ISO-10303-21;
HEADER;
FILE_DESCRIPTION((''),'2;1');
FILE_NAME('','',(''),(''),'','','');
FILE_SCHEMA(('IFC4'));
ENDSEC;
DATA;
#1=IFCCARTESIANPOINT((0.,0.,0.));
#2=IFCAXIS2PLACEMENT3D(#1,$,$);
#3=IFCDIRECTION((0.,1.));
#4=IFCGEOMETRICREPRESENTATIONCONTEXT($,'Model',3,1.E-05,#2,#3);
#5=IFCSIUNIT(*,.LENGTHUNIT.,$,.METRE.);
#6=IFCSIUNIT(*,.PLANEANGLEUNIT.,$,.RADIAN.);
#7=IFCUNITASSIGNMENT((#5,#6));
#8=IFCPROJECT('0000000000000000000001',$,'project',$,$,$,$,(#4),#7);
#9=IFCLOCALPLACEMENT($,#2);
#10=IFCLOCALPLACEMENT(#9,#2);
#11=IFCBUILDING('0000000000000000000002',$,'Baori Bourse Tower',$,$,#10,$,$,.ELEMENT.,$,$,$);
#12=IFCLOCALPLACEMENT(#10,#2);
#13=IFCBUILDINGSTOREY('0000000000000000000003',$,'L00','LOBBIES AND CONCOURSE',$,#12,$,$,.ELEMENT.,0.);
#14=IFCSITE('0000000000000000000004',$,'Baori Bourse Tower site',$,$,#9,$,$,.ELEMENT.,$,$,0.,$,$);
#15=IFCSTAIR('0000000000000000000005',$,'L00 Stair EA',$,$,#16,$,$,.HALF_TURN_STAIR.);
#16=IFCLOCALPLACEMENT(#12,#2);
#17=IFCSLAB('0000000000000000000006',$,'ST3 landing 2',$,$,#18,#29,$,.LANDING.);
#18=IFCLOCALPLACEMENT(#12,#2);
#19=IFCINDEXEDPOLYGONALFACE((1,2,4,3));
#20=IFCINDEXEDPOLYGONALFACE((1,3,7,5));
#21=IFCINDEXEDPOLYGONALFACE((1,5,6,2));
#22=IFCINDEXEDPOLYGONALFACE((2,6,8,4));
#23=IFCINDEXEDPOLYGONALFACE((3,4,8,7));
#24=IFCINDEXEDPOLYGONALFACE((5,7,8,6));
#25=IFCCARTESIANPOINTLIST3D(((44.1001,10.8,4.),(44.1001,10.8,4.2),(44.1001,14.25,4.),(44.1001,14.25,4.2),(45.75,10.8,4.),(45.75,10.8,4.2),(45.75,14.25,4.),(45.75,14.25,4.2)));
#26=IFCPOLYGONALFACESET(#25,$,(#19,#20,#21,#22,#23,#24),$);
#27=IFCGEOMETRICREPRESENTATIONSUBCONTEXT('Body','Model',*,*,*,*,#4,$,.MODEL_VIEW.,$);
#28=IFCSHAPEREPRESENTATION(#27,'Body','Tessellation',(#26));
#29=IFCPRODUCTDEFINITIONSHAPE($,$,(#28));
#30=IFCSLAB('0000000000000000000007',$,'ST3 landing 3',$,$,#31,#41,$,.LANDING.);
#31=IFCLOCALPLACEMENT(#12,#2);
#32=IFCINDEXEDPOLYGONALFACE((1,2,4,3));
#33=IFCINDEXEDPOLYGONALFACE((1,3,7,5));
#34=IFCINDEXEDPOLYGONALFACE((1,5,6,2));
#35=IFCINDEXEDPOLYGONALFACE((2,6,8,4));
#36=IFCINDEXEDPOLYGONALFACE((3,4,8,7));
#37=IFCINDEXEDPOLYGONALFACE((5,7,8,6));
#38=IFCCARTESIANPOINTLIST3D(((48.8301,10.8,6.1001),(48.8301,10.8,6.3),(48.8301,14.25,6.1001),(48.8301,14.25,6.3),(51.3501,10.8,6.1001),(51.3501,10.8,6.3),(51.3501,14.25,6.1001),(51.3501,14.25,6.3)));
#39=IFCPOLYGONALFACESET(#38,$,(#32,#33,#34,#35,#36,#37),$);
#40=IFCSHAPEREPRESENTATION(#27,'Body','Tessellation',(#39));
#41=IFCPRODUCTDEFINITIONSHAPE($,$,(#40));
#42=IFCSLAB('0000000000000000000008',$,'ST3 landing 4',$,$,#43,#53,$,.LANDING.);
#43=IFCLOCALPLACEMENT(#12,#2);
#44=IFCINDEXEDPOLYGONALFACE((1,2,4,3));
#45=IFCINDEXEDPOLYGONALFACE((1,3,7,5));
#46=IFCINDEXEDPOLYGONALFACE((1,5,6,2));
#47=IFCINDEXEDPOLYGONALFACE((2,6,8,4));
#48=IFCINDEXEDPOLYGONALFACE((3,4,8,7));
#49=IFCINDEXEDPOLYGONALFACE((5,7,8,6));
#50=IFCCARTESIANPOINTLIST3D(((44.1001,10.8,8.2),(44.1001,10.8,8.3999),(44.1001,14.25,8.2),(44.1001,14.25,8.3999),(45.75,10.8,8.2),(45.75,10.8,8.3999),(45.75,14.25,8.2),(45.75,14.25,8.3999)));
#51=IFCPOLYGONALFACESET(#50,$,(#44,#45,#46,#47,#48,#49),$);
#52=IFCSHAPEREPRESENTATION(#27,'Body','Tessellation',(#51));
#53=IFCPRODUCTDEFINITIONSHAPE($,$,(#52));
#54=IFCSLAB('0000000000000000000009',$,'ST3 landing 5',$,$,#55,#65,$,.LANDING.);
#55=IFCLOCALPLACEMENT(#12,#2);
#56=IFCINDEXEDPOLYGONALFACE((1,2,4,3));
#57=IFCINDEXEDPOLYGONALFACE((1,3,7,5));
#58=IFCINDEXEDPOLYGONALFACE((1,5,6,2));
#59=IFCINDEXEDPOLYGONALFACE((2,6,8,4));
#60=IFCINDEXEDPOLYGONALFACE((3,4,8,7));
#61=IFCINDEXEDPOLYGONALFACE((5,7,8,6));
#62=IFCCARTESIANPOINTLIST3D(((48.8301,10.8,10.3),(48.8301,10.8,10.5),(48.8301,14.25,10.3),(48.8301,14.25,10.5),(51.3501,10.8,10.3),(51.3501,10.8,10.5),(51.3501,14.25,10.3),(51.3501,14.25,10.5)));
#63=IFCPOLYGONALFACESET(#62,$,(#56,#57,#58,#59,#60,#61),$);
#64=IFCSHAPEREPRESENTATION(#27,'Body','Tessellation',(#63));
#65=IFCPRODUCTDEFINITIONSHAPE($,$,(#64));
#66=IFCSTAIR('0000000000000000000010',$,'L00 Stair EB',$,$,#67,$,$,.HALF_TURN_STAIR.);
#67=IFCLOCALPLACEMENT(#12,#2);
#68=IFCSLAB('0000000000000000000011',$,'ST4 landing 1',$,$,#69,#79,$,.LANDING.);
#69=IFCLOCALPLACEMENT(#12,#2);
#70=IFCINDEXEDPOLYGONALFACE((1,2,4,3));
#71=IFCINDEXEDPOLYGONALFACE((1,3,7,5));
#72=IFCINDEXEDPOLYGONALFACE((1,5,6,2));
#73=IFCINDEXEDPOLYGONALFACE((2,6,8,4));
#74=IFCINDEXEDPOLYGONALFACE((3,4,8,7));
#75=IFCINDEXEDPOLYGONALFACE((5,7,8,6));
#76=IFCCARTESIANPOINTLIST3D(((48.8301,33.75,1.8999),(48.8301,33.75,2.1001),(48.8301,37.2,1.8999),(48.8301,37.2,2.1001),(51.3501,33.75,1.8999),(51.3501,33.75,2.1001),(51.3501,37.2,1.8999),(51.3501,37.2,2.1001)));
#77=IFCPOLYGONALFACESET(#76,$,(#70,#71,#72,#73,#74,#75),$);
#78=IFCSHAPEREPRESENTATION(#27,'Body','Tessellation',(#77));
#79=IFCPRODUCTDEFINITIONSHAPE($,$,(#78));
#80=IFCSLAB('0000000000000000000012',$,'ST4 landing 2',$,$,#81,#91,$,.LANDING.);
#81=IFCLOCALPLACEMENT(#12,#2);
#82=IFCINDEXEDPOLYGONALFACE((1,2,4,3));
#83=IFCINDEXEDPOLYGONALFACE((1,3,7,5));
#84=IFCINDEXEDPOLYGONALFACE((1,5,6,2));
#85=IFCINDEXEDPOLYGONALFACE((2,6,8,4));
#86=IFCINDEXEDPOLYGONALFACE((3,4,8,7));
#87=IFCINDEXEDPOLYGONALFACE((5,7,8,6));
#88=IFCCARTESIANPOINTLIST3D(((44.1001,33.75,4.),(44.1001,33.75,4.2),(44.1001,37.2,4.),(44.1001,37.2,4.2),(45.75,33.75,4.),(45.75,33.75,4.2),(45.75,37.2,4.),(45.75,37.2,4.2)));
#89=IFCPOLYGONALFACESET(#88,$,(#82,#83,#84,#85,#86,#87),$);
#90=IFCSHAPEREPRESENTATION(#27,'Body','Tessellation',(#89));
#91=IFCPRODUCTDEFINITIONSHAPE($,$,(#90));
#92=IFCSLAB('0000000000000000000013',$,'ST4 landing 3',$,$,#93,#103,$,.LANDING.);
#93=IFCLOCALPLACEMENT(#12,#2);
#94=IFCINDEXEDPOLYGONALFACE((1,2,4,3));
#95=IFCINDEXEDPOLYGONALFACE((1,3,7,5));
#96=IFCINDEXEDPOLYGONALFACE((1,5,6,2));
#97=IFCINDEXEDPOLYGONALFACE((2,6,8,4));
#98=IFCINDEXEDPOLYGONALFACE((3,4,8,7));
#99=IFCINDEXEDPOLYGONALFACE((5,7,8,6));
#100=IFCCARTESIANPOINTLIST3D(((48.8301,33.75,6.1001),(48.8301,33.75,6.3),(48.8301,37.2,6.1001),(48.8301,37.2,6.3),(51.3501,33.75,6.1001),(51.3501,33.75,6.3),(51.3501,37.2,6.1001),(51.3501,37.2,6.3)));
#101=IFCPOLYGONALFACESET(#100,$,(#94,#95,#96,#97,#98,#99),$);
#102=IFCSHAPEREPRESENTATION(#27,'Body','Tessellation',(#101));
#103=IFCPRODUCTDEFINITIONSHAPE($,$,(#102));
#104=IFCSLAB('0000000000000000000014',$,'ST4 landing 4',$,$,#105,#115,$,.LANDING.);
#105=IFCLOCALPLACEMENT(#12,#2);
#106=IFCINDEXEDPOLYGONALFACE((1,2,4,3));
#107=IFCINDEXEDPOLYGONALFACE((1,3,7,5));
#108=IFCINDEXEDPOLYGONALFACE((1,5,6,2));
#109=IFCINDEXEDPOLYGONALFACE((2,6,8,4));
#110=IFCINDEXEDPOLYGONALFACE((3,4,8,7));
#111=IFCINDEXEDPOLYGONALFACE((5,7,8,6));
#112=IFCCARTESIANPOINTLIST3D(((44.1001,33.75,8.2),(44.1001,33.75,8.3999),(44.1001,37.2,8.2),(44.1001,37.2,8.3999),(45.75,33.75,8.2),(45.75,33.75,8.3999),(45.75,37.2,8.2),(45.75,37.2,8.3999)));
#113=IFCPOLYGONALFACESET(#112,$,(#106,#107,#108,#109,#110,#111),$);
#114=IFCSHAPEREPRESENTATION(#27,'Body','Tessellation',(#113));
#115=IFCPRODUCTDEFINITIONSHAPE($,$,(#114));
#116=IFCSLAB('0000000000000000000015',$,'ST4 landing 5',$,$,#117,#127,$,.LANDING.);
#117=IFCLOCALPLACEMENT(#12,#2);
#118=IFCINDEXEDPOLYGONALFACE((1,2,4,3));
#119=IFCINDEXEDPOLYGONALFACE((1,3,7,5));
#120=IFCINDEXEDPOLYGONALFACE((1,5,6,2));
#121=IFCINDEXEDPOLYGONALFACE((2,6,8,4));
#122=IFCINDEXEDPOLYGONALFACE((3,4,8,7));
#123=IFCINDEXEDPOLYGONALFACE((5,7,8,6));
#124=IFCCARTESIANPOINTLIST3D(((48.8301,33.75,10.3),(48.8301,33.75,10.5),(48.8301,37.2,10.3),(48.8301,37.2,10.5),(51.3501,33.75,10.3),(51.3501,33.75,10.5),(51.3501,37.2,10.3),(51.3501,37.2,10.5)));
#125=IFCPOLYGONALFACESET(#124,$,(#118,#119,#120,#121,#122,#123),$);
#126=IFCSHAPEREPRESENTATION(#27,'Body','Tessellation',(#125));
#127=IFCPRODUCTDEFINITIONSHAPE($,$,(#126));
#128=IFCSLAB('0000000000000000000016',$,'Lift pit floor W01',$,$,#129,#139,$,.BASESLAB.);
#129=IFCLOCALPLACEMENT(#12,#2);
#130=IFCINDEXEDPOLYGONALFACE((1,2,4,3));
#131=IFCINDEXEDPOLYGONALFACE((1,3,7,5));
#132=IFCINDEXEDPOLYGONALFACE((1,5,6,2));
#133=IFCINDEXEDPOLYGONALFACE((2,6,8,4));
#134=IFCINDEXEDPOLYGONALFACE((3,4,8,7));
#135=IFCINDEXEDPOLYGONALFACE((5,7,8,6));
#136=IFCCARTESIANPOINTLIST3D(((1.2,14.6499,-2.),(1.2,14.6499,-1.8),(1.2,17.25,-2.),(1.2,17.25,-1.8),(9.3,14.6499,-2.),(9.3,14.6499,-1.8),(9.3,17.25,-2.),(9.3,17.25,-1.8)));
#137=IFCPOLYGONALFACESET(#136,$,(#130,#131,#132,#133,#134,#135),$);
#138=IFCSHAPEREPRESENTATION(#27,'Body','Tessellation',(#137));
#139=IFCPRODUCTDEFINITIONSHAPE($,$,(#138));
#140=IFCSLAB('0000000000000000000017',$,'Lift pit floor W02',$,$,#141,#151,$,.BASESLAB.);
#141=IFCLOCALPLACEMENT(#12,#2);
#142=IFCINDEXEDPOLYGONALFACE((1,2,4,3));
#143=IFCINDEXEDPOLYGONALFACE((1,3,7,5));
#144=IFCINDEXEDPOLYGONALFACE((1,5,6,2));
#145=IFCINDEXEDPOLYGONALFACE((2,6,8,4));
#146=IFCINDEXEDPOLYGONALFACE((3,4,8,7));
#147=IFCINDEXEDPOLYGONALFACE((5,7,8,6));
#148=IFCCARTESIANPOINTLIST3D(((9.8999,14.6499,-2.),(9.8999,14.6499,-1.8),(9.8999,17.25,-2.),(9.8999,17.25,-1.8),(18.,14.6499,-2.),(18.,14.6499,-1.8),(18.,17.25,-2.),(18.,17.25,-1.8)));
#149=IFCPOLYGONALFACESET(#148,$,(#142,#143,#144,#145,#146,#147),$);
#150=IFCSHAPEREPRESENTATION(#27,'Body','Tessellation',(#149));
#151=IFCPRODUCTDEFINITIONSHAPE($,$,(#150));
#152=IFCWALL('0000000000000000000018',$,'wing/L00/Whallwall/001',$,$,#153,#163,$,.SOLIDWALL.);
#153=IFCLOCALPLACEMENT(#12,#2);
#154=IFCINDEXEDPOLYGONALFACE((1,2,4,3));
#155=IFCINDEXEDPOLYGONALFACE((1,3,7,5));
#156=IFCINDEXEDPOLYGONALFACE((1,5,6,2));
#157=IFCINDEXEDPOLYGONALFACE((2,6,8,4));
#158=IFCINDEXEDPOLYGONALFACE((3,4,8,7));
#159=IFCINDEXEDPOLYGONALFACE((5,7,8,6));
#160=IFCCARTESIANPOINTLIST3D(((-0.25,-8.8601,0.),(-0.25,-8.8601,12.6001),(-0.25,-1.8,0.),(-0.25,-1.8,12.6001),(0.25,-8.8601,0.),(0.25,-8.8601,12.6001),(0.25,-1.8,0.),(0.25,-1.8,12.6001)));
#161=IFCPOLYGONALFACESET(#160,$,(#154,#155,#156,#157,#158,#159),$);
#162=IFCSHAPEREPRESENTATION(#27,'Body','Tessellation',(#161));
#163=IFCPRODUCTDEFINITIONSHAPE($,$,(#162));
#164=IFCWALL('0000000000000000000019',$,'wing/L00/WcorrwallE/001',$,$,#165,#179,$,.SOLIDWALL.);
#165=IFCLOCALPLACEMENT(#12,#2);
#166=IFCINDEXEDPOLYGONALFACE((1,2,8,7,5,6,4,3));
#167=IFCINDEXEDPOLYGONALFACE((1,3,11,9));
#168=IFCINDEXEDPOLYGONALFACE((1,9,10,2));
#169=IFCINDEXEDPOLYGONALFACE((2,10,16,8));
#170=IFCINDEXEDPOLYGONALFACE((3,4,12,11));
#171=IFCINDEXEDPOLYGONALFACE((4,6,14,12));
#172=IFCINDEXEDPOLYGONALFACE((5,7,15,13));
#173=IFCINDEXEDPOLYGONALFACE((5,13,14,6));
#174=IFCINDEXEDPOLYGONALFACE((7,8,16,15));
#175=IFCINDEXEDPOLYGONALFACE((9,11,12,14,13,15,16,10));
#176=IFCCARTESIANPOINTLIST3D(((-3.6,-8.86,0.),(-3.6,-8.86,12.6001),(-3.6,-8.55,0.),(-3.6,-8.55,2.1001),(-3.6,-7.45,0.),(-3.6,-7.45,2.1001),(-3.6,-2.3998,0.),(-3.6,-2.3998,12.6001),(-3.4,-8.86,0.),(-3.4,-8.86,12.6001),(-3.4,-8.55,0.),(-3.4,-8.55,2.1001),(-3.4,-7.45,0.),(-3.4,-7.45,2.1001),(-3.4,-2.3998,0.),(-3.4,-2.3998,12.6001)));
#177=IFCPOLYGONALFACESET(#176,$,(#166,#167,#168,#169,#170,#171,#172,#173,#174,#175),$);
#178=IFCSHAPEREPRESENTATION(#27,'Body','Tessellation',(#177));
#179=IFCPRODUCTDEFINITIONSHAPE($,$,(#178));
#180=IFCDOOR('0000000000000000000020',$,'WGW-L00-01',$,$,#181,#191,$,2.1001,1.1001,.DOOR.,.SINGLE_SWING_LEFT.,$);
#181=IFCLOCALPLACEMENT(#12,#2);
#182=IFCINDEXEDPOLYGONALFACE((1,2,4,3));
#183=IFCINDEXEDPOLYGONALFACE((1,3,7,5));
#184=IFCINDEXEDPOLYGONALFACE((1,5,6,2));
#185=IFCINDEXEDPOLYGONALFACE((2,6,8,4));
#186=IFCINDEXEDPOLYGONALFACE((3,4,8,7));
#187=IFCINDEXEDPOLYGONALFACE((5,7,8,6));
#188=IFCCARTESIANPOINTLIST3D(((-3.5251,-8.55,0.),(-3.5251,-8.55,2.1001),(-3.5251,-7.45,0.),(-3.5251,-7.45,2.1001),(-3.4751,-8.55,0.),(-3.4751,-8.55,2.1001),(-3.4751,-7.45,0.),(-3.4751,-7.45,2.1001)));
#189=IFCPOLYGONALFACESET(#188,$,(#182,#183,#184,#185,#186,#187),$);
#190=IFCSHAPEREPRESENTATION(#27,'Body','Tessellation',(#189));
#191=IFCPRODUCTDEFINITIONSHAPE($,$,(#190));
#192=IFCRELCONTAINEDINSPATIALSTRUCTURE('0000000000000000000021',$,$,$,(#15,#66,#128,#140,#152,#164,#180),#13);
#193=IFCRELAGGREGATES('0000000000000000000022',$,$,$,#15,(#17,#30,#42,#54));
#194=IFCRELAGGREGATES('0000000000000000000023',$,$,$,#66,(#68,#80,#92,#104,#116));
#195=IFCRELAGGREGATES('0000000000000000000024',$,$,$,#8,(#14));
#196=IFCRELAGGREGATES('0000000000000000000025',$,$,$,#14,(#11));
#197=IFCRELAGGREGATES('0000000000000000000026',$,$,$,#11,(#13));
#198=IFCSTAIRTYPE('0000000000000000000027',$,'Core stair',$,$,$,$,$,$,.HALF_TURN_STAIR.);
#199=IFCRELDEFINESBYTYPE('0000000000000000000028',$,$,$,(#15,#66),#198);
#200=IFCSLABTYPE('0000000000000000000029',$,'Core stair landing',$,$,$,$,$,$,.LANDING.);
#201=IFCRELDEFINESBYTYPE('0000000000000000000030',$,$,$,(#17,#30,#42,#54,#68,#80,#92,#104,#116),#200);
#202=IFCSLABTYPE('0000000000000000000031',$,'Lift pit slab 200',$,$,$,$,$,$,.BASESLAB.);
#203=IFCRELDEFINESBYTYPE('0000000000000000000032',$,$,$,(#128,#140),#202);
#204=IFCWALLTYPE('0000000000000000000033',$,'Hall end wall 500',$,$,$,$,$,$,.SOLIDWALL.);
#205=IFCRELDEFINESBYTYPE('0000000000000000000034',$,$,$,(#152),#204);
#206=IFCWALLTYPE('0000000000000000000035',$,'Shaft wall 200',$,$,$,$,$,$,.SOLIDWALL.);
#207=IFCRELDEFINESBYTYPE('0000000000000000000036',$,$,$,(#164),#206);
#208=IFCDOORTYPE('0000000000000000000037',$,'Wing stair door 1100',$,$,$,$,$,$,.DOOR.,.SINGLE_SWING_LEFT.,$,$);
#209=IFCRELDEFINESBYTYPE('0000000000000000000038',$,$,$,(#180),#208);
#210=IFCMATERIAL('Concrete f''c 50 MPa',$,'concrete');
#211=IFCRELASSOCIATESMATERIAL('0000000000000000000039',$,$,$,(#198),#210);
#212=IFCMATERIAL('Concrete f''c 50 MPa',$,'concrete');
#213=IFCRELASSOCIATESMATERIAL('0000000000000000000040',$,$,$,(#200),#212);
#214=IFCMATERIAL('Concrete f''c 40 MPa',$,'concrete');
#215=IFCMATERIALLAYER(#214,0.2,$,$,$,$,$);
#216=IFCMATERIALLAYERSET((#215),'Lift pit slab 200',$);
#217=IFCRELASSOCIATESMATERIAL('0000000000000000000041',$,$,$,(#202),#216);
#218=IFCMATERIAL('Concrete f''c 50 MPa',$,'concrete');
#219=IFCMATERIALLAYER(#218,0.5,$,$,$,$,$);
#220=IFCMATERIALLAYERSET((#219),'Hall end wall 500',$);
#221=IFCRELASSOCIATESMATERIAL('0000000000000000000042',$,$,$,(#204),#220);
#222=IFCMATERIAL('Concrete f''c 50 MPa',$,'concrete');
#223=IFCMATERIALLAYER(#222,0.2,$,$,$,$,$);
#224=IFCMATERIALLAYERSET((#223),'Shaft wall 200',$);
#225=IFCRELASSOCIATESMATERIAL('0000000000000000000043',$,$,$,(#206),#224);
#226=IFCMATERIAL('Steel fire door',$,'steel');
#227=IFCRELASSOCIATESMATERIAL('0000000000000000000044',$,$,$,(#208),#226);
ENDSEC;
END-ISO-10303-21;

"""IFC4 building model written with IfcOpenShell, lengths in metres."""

from ifc_helpers import new_model, si_unit, direction, frame, frame_2d, origin, place, context, subcontext, project, spatial, polyline, rectangle, outline, extrude, material, layer, layer_set, type_object, element, fill, aggregate, save


model = new_model("IFC4")

# Units and contexts
model_context = context("Model", 3, precision=1e-05, world=origin(), true_north=direction((0.0, 1.0)))
body_context = subcontext(model_context, "Body", "Model", "MODEL_VIEW")
ifc_project = project(units=[si_unit("LENGTHUNIT", "METRE"), si_unit("PLANEANGLEUNIT", "RADIAN")], contexts=[model_context])

# Site, building, storey
site_placement = place(None, origin())
site = spatial("IfcSite", under=ifc_project, at=site_placement, Name="Baori Bourse Tower site", CompositionType="ELEMENT", RefElevation=0.0)
building_placement = place(site_placement, origin())
building = spatial("IfcBuilding", under=site, at=building_placement, Name="Baori Bourse Tower", CompositionType="ELEMENT")
storey_placement = place(building_placement, origin())
storey = spatial("IfcBuildingStorey", under=building, at=storey_placement, Name="L00", Description="LOBBIES AND CONCOURSE", CompositionType="ELEMENT", Elevation=0.0)

# Stairs, slabs
ifc_material_1 = material(Name="Concrete f'c 50 MPa", Category="concrete")
stair_type = type_object("IfcStairType", Name="Core stair", PredefinedType="HALF_TURN_STAIR", material=ifc_material_1)
ifc_material_2 = material(Name="Concrete f'c 50 MPa", Category="concrete")
slab_type_1 = type_object("IfcSlabType", Name="Core stair landing", PredefinedType="LANDING", material=ifc_material_2)
stair_1_placement = place(storey_placement, origin())
stair_1 = element("IfcStair", 1, at=stair_1_placement, inside=storey, type_object=stair_type, Name="L00 Stair EA", PredefinedType="HALF_TURN_STAIR")
slab_1_placement = place(storey_placement, frame((0.0, 0.0, 4.0)))
slab_1 = element("IfcSlab", 2, at=slab_1_placement, type_object=slab_type_1, Name="ST3 landing 2", PredefinedType="LANDING", context=body_context, shape_type="SweptSolid", body=[
    extrude(outline(polyline([(44.1001, 10.8), (45.75, 10.8), (45.75, 14.25), (44.1001, 14.25), (44.1001, 10.8)])), origin(), (0.0, 0.0, 1.0), 0.2),
])
slab_2_placement = place(storey_placement, frame((0.0, 0.0, 6.1001)))
slab_2 = element("IfcSlab", 3, at=slab_2_placement, type_object=slab_type_1, Name="ST3 landing 3", PredefinedType="LANDING", context=body_context, shape_type="SweptSolid", body=[
    extrude(outline(polyline([(48.8301, 10.8), (51.3501, 10.8), (51.3501, 14.25), (48.8301, 14.25), (48.8301, 10.8)])), origin(), (0.0, 0.0, 1.0), 0.2),
])
slab_3_placement = place(storey_placement, frame((0.0, 0.0, 8.2)))
slab_3 = element("IfcSlab", 4, at=slab_3_placement, type_object=slab_type_1, Name="ST3 landing 4", PredefinedType="LANDING", context=body_context, shape_type="SweptSolid", body=[
    extrude(outline(polyline([(44.1001, 10.8), (45.75, 10.8), (45.75, 14.25), (44.1001, 14.25), (44.1001, 10.8)])), origin(), (0.0, 0.0, 1.0), 0.2),
])
slab_4_placement = place(storey_placement, frame((0.0, 0.0, 10.3)))
slab_4 = element("IfcSlab", 5, at=slab_4_placement, type_object=slab_type_1, Name="ST3 landing 5", PredefinedType="LANDING", context=body_context, shape_type="SweptSolid", body=[
    extrude(outline(polyline([(48.8301, 10.8), (51.3501, 10.8), (51.3501, 14.25), (48.8301, 14.25), (48.8301, 10.8)])), origin(), (0.0, 0.0, 1.0), 0.2),
])
aggregate(stair_1, [slab_1, slab_2, slab_3, slab_4])
stair_2_placement = place(storey_placement, origin())
stair_2 = element("IfcStair", 6, at=stair_2_placement, inside=storey, type_object=stair_type, Name="L00 Stair EB", PredefinedType="HALF_TURN_STAIR")
slab_5_placement = place(storey_placement, frame((0.0, 0.0, 1.8999)))
slab_5 = element("IfcSlab", 7, at=slab_5_placement, type_object=slab_type_1, Name="ST4 landing 1", PredefinedType="LANDING", context=body_context, shape_type="SweptSolid", body=[
    extrude(outline(polyline([(48.8301, 33.75), (51.3501, 33.75), (51.3501, 37.2), (48.8301, 37.2), (48.8301, 33.75)])), origin(), (0.0, 0.0, 1.0), 0.2002),
])
slab_6_placement = place(storey_placement, frame((0.0, 0.0, 4.0)))
slab_6 = element("IfcSlab", 8, at=slab_6_placement, type_object=slab_type_1, Name="ST4 landing 2", PredefinedType="LANDING", context=body_context, shape_type="SweptSolid", body=[
    extrude(outline(polyline([(44.1001, 33.75), (45.75, 33.75), (45.75, 37.2), (44.1001, 37.2), (44.1001, 33.75)])), origin(), (0.0, 0.0, 1.0), 0.2),
])
slab_7_placement = place(storey_placement, frame((0.0, 0.0, 6.1001)))
slab_7 = element("IfcSlab", 9, at=slab_7_placement, type_object=slab_type_1, Name="ST4 landing 3", PredefinedType="LANDING", context=body_context, shape_type="SweptSolid", body=[
    extrude(outline(polyline([(48.8301, 33.75), (51.3501, 33.75), (51.3501, 37.2), (48.8301, 37.2), (48.8301, 33.75)])), origin(), (0.0, 0.0, 1.0), 0.2),
])
slab_8_placement = place(storey_placement, frame((0.0, 0.0, 8.2)))
slab_8 = element("IfcSlab", 10, at=slab_8_placement, type_object=slab_type_1, Name="ST4 landing 4", PredefinedType="LANDING", context=body_context, shape_type="SweptSolid", body=[
    extrude(outline(polyline([(44.1001, 33.75), (45.75, 33.75), (45.75, 37.2), (44.1001, 37.2), (44.1001, 33.75)])), origin(), (0.0, 0.0, 1.0), 0.2),
])
slab_9_placement = place(storey_placement, frame((0.0, 0.0, 10.3)))
slab_9 = element("IfcSlab", 11, at=slab_9_placement, type_object=slab_type_1, Name="ST4 landing 5", PredefinedType="LANDING", context=body_context, shape_type="SweptSolid", body=[
    extrude(outline(polyline([(48.8301, 33.75), (51.3501, 33.75), (51.3501, 37.2), (48.8301, 37.2), (48.8301, 33.75)])), origin(), (0.0, 0.0, 1.0), 0.2),
])
aggregate(stair_2, [slab_5, slab_6, slab_7, slab_8, slab_9])

# Slabs
ifc_material_3 = material(Name="Concrete f'c 40 MPa", Category="concrete")
ifc_layer_1 = layer(ifc_material_3, 0.2)
ifc_layer_set_1 = layer_set([ifc_layer_1], Name="Lift pit slab 200")
slab_type_2 = type_object("IfcSlabType", Name="Lift pit slab 200", PredefinedType="BASESLAB", material=ifc_layer_set_1)
slab_10_placement = place(storey_placement, frame((0.0, 0.0, -2.0)))
element("IfcSlab", 12, at=slab_10_placement, inside=storey, type_object=slab_type_2, Name="Lift pit floor W01", PredefinedType="BASESLAB", context=body_context, shape_type="SweptSolid", body=[
    extrude(outline(polyline([(9.3, 14.6499), (9.3, 17.25), (1.2, 17.25), (1.2, 14.6499), (9.3, 14.6499)])), origin(), (0.0, 0.0, 1.0), 0.2),
])
slab_11_placement = place(storey_placement, frame((0.0, 0.0, -2.0)))
element("IfcSlab", 13, at=slab_11_placement, inside=storey, type_object=slab_type_2, Name="Lift pit floor W02", PredefinedType="BASESLAB", context=body_context, shape_type="SweptSolid", body=[
    extrude(outline(polyline([(18.0, 14.6499), (18.0, 17.25), (9.8999, 17.25), (9.8999, 14.6499), (18.0, 14.6499)])), origin(), (0.0, 0.0, 1.0), 0.2),
])

# Wall
ifc_material_4 = material(Name="Concrete f'c 50 MPa", Category="concrete")
ifc_layer_2 = layer(ifc_material_4, 0.5)
ifc_layer_set_2 = layer_set([ifc_layer_2], Name="Hall end wall 500")
wall_type_1 = type_object("IfcWallType", Name="Hall end wall 500", PredefinedType="SOLIDWALL", material=ifc_layer_set_2)
wall_1_placement = place(storey_placement, frame((0.0, -1.8, 0.0), z_axis=(0.0, 0.0, 1.0), x_axis=(0.0, -1.0, 0.0)))
element("IfcWall", 14, at=wall_1_placement, inside=storey, type_object=wall_type_1, Name="wing/L00/Whallwall/001", PredefinedType="SOLIDWALL", context=body_context, shape_type="SweptSolid", body=[
    extrude(rectangle(XDim=7.0601, YDim=0.5, at=frame_2d((3.53, 0.0))), origin(), (0.0, 0.0, 1.0), 12.6001),
])

# Wall, opening, door
ifc_material_5 = material(Name="Concrete f'c 50 MPa", Category="concrete")
ifc_layer_3 = layer(ifc_material_5, 0.2)
ifc_layer_set_3 = layer_set([ifc_layer_3], Name="Shaft wall 200")
wall_type_2 = type_object("IfcWallType", Name="Shaft wall 200", PredefinedType="SOLIDWALL", material=ifc_layer_set_3)
wall_2_placement = place(storey_placement, frame((-3.5, -2.3999, 0.0), z_axis=(0.0, 0.0, 1.0), x_axis=(0.0, -1.0, 0.0)))
wall_2 = element("IfcWall", 15, at=wall_2_placement, inside=storey, type_object=wall_type_2, Name="wing/L00/WcorrwallE/001", PredefinedType="SOLIDWALL", context=body_context, shape_type="SweptSolid", body=[
    extrude(rectangle(XDim=6.4602, YDim=0.2, at=frame_2d((3.23, 0.0))), origin(), (0.0, 0.0, 1.0), 12.6001),
])
opening_placement = place(wall_2_placement, frame((5.05, 0.0, 0.0)))
opening = element("IfcOpeningElement", 16, at=opening_placement, cuts=wall_2, PredefinedType="OPENING", context=body_context, shape_type="SweptSolid", body=[
    extrude(rectangle(XDim=1.1001, YDim=2.1001, at=frame_2d((0.55, 1.05))), frame((0.0, 0.1099, 0.0), z_axis=(0.0, -1.0, 0.0), x_axis=(1.0, 0.0, 0.0)), (0.0, 0.0, 1.0), 0.22),
])
ifc_material_6 = material(Name="Steel fire door", Category="steel")
door_type = type_object("IfcDoorType", Name="Wing stair door 1100", OperationType="SINGLE_SWING_LEFT", PredefinedType="DOOR", material=ifc_material_6)
door_placement = place(opening_placement, origin())
door = element("IfcDoor", 17, at=door_placement, inside=storey, type_object=door_type, Name="WGW-L00-01", OperationType="SINGLE_SWING_LEFT", OverallHeight=2.1001, OverallWidth=1.1001, PredefinedType="DOOR", context=body_context, shape_type="SweptSolid", body=[
    extrude(rectangle(XDim=1.1001, YDim=2.1001, at=frame_2d((0.55, 1.05))), frame((0.0, 0.0249, 0.0), z_axis=(0.0, -1.0, 0.0), x_axis=(1.0, 0.0, 0.0)), (0.0, 0.0, 1.0), 0.05),
])
fill(opening, door)

save(model, "model.ifc")
